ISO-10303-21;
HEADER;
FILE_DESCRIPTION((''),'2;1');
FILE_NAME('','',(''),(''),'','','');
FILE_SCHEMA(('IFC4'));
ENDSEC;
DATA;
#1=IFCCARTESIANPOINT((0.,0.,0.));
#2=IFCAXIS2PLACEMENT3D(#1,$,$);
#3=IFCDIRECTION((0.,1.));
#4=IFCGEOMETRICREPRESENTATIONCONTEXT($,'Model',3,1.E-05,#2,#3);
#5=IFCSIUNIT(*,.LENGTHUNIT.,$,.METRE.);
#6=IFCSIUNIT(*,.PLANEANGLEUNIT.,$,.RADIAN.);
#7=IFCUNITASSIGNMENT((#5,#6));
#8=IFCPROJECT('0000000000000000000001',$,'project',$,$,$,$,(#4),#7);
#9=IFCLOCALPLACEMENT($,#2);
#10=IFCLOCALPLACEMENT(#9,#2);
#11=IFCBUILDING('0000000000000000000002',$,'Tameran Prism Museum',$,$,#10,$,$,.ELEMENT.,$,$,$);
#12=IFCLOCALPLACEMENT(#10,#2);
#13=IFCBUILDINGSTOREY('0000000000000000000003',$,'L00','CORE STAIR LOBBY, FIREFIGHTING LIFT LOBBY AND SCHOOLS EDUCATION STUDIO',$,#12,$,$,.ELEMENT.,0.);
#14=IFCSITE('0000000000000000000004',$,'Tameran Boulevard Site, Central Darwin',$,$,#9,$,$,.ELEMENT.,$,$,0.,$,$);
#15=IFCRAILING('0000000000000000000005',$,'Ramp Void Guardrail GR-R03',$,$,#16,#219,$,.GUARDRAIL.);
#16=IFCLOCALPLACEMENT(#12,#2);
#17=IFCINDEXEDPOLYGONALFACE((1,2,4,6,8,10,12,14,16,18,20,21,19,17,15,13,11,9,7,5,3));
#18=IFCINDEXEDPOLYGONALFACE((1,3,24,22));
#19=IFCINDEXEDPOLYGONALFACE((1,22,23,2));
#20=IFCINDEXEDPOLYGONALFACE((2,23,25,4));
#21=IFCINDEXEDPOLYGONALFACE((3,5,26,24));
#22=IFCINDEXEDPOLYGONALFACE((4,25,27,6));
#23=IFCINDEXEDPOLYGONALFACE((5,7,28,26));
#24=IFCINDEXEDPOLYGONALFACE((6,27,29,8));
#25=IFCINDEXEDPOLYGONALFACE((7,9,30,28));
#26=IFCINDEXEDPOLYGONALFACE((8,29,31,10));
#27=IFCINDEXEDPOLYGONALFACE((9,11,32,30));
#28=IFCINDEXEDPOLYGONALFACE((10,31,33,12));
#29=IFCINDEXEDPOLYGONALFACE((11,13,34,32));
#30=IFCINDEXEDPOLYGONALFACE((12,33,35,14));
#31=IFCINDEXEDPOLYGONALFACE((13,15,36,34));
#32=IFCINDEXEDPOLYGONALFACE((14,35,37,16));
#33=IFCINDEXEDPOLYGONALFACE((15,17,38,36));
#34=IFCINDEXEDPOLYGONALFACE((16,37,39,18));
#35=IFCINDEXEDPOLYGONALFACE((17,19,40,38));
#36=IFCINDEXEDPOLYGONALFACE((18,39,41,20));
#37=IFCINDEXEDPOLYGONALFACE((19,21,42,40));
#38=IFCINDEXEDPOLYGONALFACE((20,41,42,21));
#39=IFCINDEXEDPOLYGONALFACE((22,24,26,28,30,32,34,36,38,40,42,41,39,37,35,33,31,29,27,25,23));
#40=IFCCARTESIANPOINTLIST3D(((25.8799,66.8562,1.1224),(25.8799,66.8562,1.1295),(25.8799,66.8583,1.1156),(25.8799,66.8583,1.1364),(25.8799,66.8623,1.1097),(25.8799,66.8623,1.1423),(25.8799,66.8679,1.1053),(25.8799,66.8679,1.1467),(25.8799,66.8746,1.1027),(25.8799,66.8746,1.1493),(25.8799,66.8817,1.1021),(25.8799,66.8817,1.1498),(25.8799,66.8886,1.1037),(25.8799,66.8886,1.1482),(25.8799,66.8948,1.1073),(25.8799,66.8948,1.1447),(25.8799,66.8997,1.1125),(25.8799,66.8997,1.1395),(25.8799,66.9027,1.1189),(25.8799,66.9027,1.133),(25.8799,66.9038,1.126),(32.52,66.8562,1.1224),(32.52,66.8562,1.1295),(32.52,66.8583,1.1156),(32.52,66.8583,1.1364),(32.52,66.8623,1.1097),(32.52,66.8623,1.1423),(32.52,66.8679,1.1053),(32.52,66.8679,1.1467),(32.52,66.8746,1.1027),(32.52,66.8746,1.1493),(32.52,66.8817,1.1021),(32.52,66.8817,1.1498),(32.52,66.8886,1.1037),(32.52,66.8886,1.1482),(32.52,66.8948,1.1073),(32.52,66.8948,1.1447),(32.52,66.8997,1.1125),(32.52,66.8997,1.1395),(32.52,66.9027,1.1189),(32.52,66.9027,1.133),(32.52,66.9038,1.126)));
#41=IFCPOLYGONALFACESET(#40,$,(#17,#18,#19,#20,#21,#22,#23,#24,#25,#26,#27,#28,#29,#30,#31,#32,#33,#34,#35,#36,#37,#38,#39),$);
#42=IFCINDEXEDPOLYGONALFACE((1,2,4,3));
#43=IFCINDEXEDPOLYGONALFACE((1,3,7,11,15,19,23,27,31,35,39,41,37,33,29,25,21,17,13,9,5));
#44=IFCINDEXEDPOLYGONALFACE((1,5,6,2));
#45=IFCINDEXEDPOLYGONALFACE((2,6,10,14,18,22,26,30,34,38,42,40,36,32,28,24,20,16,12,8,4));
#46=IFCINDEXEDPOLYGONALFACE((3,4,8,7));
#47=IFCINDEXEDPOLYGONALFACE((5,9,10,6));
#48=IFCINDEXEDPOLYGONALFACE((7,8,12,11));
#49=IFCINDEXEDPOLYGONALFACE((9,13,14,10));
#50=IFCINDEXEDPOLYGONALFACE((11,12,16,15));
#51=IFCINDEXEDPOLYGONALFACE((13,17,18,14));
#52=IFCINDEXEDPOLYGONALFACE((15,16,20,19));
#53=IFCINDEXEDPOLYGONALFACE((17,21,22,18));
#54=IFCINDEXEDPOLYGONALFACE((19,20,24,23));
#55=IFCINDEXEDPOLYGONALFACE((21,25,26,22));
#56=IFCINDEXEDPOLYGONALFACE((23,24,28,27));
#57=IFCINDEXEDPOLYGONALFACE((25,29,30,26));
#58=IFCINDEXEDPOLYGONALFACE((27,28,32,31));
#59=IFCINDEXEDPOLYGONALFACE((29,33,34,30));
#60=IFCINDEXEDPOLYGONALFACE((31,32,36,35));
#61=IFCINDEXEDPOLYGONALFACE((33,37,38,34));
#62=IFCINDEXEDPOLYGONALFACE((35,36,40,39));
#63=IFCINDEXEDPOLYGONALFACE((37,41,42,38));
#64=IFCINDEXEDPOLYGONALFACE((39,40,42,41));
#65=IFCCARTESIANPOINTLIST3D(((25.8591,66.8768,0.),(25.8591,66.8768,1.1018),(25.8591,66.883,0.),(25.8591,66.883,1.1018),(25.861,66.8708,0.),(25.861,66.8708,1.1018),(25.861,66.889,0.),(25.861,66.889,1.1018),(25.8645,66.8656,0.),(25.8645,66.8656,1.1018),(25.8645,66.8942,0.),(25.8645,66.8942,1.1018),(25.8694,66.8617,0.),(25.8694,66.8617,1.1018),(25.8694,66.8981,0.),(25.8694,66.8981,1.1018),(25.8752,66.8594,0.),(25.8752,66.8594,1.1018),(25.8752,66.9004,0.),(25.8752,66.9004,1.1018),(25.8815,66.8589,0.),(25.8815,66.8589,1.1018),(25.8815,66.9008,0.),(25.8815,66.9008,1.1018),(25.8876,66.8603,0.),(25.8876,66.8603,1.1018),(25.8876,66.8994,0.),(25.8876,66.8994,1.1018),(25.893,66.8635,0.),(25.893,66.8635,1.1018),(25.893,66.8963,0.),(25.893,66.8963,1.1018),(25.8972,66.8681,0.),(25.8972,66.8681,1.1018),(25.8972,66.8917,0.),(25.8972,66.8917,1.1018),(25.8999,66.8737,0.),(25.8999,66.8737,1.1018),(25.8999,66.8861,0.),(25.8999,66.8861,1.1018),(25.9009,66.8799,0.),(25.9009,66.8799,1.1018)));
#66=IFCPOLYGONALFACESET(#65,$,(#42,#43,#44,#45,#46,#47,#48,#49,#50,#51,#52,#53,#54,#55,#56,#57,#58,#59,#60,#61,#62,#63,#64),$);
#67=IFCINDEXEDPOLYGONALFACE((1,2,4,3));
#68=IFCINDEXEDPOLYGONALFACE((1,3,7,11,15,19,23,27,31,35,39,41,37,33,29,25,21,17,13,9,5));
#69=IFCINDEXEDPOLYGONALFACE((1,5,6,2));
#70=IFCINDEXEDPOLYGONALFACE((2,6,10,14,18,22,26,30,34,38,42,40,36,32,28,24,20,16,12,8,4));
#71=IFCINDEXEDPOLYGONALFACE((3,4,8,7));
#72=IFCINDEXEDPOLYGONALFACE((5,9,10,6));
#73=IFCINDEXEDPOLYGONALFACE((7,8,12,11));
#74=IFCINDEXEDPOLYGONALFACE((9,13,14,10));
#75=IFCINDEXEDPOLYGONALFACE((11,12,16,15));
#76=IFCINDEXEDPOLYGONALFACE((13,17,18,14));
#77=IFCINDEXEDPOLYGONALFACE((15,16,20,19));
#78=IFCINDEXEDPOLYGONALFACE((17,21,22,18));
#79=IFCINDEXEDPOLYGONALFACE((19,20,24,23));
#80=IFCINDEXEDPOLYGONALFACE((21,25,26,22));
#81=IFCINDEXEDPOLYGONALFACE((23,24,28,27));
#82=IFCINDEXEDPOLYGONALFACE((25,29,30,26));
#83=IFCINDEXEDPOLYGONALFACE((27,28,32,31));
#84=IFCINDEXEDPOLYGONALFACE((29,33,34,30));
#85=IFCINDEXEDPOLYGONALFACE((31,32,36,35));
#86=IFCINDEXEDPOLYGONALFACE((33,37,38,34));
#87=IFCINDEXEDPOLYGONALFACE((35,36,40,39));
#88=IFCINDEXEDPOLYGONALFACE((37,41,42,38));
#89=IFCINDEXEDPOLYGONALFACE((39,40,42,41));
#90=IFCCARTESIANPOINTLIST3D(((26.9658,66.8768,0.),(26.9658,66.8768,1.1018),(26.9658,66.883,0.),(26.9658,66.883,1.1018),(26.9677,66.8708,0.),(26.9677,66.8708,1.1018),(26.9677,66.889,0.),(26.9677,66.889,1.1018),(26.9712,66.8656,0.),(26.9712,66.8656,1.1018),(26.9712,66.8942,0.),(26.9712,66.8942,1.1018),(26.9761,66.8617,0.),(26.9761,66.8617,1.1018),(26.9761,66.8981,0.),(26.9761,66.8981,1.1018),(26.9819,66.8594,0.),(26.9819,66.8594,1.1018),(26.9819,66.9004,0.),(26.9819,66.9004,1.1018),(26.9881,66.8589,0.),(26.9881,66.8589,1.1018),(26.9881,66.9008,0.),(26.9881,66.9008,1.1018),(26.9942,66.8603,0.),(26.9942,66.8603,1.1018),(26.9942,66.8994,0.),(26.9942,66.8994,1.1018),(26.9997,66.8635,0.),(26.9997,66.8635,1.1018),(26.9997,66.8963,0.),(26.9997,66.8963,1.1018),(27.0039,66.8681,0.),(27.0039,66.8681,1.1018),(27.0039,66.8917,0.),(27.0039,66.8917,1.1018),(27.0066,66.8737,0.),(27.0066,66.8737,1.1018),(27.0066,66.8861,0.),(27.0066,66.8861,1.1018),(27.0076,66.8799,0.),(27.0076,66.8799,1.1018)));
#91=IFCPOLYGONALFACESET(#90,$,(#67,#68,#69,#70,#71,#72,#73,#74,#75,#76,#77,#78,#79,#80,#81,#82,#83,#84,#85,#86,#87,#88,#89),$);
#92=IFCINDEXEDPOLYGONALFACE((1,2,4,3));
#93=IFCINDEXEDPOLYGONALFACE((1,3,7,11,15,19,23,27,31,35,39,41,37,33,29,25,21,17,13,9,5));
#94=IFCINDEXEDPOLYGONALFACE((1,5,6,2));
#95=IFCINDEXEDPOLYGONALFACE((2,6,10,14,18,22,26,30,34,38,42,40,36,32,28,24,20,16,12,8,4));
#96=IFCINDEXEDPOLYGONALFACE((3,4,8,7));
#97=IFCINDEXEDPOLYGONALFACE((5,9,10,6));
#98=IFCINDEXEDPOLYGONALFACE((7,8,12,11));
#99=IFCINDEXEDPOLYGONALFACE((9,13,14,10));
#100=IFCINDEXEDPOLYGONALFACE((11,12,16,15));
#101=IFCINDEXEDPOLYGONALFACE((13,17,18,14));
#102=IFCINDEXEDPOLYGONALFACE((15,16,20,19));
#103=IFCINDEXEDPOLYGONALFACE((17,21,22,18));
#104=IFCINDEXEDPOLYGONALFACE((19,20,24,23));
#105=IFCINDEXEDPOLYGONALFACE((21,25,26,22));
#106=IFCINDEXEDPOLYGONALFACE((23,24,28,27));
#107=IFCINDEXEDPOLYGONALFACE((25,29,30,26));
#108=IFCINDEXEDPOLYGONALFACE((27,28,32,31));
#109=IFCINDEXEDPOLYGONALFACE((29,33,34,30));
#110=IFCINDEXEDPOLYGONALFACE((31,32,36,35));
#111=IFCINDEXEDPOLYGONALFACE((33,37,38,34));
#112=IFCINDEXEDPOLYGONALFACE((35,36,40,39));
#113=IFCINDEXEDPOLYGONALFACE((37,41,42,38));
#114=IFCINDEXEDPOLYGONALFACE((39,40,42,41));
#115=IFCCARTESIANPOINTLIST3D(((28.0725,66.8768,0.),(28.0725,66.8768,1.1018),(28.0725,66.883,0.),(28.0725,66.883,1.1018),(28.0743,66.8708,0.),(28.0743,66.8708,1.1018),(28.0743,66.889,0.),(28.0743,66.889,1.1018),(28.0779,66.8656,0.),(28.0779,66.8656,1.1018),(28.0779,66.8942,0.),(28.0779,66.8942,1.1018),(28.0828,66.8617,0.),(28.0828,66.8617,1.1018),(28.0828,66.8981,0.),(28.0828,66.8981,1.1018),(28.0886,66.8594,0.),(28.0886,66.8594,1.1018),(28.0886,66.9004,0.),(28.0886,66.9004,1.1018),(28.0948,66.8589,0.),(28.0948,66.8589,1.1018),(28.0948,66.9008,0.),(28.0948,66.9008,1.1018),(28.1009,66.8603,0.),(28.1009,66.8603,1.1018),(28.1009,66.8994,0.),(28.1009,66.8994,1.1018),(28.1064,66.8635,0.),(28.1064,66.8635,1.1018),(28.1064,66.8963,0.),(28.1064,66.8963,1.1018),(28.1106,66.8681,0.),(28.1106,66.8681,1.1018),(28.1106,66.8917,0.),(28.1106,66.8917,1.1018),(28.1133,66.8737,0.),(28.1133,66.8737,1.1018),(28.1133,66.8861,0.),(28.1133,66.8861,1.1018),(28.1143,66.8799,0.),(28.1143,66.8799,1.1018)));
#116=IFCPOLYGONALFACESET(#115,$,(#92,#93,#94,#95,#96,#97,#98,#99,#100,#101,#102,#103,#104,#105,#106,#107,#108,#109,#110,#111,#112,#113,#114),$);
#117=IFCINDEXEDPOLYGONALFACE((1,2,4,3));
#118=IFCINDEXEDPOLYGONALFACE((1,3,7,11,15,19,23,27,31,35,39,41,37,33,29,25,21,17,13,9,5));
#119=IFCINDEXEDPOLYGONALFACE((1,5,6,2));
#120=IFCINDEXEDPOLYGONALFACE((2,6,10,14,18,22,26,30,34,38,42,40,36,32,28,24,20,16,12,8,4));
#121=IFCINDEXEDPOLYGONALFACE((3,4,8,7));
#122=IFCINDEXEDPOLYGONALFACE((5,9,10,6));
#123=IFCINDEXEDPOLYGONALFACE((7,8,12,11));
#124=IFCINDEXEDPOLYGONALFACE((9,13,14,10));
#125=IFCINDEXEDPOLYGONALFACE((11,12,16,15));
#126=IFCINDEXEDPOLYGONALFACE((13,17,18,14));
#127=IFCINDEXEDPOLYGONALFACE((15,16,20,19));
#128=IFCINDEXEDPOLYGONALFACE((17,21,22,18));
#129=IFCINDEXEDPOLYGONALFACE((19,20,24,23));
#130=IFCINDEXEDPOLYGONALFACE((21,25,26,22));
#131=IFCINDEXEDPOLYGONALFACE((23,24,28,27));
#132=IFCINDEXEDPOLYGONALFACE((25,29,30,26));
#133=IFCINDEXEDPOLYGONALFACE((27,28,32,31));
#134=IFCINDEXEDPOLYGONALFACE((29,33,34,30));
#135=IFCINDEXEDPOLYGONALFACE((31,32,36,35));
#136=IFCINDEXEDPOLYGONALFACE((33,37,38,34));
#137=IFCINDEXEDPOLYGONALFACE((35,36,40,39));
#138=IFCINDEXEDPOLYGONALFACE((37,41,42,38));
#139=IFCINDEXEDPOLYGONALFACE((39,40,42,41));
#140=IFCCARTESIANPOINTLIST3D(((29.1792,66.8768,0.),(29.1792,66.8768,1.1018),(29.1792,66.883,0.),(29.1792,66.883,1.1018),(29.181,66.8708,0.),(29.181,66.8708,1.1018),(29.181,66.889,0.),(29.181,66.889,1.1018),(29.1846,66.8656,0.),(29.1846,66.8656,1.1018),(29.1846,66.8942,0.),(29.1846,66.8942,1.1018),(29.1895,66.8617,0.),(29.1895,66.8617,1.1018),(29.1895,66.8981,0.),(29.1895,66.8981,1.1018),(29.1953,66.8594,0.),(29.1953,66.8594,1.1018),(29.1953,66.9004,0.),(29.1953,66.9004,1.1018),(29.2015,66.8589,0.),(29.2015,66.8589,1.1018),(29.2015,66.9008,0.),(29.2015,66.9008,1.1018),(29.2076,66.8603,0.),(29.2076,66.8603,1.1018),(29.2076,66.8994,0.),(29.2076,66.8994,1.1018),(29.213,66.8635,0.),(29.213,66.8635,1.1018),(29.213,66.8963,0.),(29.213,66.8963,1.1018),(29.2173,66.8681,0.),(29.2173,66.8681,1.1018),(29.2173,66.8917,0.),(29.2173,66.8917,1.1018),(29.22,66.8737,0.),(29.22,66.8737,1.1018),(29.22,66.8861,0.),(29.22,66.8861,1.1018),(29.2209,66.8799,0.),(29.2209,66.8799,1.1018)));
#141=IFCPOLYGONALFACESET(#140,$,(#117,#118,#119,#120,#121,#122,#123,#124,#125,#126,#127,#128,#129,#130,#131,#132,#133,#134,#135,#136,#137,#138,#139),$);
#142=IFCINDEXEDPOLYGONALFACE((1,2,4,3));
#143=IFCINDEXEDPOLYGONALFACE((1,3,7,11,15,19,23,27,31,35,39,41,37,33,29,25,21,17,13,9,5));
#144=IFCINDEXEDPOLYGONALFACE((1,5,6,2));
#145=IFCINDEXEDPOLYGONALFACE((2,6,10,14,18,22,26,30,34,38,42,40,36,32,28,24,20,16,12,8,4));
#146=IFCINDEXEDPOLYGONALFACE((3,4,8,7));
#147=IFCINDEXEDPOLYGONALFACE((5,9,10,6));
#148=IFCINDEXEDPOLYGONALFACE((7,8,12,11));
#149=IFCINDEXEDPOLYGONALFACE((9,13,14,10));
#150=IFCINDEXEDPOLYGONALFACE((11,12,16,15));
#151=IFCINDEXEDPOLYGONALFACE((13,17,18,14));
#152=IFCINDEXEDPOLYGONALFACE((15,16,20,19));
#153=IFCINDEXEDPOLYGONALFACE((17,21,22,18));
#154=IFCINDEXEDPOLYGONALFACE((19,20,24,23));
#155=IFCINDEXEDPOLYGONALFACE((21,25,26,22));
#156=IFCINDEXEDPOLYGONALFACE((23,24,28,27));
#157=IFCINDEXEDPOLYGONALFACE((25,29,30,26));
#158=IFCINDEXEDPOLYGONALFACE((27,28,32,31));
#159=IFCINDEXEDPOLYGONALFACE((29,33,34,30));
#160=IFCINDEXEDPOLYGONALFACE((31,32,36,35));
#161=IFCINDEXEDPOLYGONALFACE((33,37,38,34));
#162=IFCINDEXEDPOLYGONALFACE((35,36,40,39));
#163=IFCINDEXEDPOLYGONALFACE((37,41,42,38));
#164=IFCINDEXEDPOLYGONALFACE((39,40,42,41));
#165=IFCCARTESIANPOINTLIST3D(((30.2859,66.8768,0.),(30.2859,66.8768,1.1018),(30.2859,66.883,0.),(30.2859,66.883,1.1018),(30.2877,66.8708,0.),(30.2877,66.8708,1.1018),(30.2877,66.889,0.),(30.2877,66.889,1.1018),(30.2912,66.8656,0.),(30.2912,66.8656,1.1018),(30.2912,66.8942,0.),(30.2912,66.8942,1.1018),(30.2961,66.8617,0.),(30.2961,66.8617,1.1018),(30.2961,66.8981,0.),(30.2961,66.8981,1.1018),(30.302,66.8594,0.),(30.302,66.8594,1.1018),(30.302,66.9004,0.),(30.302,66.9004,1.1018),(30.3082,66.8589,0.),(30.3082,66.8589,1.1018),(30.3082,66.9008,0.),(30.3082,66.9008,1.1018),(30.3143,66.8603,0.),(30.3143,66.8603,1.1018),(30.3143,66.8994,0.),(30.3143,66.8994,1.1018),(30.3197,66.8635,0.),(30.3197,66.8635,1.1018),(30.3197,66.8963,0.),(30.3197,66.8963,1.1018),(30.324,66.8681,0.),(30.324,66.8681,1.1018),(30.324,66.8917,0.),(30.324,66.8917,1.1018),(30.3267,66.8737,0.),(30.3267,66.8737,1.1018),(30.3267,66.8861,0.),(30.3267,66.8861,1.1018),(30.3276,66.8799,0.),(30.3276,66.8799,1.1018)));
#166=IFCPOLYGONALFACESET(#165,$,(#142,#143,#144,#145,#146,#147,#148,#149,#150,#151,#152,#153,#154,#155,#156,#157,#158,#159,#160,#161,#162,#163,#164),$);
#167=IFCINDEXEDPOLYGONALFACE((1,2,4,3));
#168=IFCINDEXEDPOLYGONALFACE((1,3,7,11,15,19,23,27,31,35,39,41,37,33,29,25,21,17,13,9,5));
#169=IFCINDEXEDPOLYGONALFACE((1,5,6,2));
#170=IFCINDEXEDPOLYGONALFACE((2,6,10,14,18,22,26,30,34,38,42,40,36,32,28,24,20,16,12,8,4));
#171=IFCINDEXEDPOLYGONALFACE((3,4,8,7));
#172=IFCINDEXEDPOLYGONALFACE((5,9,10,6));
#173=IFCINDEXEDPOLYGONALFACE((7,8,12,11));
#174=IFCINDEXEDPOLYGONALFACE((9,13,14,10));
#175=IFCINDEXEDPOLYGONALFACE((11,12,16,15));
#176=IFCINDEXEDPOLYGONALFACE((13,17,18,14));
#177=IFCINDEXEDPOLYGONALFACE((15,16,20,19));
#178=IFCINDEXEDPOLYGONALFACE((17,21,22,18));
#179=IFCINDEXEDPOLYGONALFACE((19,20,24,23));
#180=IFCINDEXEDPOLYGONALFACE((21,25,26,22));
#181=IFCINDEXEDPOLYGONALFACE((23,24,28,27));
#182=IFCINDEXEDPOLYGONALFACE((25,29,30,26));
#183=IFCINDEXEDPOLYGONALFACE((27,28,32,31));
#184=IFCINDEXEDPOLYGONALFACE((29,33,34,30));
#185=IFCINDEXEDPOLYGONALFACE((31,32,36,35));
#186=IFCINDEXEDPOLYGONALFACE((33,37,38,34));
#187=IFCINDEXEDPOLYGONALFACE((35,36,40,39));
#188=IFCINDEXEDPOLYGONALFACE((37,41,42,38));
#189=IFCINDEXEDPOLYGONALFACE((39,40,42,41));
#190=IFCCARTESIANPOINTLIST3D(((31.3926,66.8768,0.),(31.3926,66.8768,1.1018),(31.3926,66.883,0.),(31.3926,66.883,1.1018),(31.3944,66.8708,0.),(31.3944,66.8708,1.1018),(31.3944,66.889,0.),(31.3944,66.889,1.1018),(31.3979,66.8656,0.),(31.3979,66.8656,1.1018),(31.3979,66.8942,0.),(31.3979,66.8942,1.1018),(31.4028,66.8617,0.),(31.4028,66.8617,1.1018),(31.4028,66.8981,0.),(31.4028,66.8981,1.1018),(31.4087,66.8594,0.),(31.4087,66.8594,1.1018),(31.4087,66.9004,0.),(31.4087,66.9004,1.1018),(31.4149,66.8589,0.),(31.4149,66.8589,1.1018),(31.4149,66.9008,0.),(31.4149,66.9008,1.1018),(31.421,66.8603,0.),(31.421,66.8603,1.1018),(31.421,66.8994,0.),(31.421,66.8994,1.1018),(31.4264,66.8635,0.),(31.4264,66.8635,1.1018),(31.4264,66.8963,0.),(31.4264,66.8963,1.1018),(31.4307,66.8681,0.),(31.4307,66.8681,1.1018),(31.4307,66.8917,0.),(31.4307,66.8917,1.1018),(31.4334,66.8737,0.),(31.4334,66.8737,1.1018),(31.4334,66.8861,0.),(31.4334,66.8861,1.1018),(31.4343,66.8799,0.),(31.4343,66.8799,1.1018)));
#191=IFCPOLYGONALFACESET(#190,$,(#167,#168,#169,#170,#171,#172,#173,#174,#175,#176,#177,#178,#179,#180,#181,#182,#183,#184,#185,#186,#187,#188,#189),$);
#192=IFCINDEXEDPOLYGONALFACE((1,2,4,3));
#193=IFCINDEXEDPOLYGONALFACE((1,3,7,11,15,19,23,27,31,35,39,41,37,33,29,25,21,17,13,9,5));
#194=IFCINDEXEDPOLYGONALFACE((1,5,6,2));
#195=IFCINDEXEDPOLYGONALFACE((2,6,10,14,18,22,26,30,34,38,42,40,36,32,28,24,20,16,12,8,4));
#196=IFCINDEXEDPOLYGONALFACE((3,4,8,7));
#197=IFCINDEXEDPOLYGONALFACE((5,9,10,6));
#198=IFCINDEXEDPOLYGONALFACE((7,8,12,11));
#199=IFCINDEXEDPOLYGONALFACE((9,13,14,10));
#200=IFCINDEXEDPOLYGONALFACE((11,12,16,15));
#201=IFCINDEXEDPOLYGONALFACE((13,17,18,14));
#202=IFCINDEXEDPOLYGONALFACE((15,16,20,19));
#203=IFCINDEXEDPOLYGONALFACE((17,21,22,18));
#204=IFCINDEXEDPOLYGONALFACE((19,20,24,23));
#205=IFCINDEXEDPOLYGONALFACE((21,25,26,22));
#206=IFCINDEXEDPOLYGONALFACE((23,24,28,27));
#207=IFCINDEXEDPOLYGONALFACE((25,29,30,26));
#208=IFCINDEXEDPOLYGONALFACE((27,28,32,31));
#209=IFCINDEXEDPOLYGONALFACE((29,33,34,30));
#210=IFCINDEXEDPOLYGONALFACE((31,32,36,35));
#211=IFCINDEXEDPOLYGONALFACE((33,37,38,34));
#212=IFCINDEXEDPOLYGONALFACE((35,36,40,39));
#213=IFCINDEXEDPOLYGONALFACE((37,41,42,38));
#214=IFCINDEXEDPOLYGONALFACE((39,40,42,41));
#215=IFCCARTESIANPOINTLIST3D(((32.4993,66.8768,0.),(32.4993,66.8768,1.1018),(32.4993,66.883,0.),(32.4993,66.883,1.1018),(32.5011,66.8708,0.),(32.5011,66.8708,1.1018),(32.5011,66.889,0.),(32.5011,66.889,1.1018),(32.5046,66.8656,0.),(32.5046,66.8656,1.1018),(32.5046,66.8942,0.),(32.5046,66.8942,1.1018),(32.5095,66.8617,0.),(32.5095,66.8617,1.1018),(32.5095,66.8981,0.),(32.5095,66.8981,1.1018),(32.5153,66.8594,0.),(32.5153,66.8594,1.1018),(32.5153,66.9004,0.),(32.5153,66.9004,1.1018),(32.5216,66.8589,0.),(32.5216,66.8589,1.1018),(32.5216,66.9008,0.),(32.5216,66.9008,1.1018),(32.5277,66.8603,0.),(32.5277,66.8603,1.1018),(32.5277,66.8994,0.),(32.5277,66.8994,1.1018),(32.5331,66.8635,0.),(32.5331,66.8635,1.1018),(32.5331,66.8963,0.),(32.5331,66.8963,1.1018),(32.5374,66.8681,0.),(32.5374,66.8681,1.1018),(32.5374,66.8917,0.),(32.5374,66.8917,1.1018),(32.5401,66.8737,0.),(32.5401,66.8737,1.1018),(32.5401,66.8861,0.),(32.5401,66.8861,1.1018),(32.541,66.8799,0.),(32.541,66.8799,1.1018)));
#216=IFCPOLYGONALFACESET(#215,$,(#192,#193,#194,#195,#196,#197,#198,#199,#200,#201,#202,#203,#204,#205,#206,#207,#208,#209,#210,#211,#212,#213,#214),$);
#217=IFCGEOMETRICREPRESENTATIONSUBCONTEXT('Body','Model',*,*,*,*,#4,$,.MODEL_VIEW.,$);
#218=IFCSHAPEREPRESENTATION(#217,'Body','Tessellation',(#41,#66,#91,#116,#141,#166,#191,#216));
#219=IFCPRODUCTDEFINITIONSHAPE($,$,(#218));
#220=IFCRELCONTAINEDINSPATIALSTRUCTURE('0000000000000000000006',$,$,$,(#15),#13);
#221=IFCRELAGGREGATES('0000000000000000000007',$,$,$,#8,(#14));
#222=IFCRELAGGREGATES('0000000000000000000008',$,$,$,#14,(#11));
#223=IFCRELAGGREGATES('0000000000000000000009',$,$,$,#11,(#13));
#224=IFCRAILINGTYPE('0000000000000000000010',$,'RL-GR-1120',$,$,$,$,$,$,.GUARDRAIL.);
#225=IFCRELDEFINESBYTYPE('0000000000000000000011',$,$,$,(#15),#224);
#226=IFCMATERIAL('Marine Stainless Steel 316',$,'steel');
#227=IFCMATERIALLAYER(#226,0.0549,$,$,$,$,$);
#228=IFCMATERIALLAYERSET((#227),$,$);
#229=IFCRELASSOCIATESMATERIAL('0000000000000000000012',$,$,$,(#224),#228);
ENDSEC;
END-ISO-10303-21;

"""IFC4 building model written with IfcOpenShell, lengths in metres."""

from ifc_helpers import new_model, si_unit, direction, frame, origin, origin_2d, place, context, subcontext, project, spatial, circle, extrude, material, layer, layer_set, type_object, element, save


model = new_model("IFC4")

# Units and contexts
model_context = context("Model", 3, precision=1e-05, world=origin(), true_north=direction((0.0, 1.0)))
body_context = subcontext(model_context, "Body", "Model", "MODEL_VIEW")
ifc_project = project(units=[si_unit("LENGTHUNIT", "METRE"), si_unit("PLANEANGLEUNIT", "RADIAN")], contexts=[model_context])

# Site, building, storey
site_placement = place(None, origin())
site = spatial("IfcSite", under=ifc_project, at=site_placement, Name="Tameran Boulevard Site, Central Darwin", CompositionType="ELEMENT", RefElevation=0.0)
building_placement = place(site_placement, origin())
building = spatial("IfcBuilding", under=site, at=building_placement, Name="Tameran Prism Museum", CompositionType="ELEMENT")
storey_placement = place(building_placement, origin())
storey = spatial("IfcBuildingStorey", under=building, at=storey_placement, Name="L00", Description="CORE STAIR LOBBY, FIREFIGHTING LIFT LOBBY AND SCHOOLS EDUCATION STUDIO", CompositionType="ELEMENT", Elevation=0.0)

# Railing
ifc_material_1 = material(Name="Marine Stainless Steel 316", Category="steel")
ifc_layer_1 = layer(ifc_material_1, 0.0549)
ifc_layer_set_1 = layer_set([ifc_layer_1])
railing_type = type_object("IfcRailingType", Name="RL-GR-1120", PredefinedType="GUARDRAIL", material=ifc_layer_set_1)
railing_1_placement = place(storey_placement, frame((25.8799, 66.8799, 0.0)))
element("IfcRailing", 1, at=railing_1_placement, inside=storey, type_object=railing_type, Name="Ramp Void Guardrail GR-R03", PredefinedType="GUARDRAIL", context=body_context, shape_type="SweptSolid", body=[
    extrude(circle(Radius=0.0239, at=origin_2d()), frame((0.0, 0.0, 1.126), z_axis=(1.0, 0.0, 0.0), x_axis=(0.0, 1.0, 0.0)), (0.0, 0.0, 1.0), 6.6401),
    extrude(circle(Radius=0.021, at=origin_2d()), origin(), (0.0, 0.0, 1.0), 1.1018),
    extrude(circle(Radius=0.021, at=origin_2d()), frame((1.1067, 0.0, 0.0)), (0.0, 0.0, 1.0), 1.1018),
    extrude(circle(Radius=0.021, at=origin_2d()), frame((2.2134, 0.0, 0.0)), (0.0, 0.0, 1.0), 1.1018),
    extrude(circle(Radius=0.021, at=origin_2d()), frame((3.3201, 0.0, 0.0)), (0.0, 0.0, 1.0), 1.1018),
    extrude(circle(Radius=0.021, at=origin_2d()), frame((4.4268, 0.0, 0.0)), (0.0, 0.0, 1.0), 1.1018),
    extrude(circle(Radius=0.021, at=origin_2d()), frame((5.5334, 0.0, 0.0)), (0.0, 0.0, 1.0), 1.1018),
    extrude(circle(Radius=0.021, at=origin_2d()), frame((6.6401, 0.0, 0.0)), (0.0, 0.0, 1.0), 1.1018),
])

save(model, "model.ifc")
